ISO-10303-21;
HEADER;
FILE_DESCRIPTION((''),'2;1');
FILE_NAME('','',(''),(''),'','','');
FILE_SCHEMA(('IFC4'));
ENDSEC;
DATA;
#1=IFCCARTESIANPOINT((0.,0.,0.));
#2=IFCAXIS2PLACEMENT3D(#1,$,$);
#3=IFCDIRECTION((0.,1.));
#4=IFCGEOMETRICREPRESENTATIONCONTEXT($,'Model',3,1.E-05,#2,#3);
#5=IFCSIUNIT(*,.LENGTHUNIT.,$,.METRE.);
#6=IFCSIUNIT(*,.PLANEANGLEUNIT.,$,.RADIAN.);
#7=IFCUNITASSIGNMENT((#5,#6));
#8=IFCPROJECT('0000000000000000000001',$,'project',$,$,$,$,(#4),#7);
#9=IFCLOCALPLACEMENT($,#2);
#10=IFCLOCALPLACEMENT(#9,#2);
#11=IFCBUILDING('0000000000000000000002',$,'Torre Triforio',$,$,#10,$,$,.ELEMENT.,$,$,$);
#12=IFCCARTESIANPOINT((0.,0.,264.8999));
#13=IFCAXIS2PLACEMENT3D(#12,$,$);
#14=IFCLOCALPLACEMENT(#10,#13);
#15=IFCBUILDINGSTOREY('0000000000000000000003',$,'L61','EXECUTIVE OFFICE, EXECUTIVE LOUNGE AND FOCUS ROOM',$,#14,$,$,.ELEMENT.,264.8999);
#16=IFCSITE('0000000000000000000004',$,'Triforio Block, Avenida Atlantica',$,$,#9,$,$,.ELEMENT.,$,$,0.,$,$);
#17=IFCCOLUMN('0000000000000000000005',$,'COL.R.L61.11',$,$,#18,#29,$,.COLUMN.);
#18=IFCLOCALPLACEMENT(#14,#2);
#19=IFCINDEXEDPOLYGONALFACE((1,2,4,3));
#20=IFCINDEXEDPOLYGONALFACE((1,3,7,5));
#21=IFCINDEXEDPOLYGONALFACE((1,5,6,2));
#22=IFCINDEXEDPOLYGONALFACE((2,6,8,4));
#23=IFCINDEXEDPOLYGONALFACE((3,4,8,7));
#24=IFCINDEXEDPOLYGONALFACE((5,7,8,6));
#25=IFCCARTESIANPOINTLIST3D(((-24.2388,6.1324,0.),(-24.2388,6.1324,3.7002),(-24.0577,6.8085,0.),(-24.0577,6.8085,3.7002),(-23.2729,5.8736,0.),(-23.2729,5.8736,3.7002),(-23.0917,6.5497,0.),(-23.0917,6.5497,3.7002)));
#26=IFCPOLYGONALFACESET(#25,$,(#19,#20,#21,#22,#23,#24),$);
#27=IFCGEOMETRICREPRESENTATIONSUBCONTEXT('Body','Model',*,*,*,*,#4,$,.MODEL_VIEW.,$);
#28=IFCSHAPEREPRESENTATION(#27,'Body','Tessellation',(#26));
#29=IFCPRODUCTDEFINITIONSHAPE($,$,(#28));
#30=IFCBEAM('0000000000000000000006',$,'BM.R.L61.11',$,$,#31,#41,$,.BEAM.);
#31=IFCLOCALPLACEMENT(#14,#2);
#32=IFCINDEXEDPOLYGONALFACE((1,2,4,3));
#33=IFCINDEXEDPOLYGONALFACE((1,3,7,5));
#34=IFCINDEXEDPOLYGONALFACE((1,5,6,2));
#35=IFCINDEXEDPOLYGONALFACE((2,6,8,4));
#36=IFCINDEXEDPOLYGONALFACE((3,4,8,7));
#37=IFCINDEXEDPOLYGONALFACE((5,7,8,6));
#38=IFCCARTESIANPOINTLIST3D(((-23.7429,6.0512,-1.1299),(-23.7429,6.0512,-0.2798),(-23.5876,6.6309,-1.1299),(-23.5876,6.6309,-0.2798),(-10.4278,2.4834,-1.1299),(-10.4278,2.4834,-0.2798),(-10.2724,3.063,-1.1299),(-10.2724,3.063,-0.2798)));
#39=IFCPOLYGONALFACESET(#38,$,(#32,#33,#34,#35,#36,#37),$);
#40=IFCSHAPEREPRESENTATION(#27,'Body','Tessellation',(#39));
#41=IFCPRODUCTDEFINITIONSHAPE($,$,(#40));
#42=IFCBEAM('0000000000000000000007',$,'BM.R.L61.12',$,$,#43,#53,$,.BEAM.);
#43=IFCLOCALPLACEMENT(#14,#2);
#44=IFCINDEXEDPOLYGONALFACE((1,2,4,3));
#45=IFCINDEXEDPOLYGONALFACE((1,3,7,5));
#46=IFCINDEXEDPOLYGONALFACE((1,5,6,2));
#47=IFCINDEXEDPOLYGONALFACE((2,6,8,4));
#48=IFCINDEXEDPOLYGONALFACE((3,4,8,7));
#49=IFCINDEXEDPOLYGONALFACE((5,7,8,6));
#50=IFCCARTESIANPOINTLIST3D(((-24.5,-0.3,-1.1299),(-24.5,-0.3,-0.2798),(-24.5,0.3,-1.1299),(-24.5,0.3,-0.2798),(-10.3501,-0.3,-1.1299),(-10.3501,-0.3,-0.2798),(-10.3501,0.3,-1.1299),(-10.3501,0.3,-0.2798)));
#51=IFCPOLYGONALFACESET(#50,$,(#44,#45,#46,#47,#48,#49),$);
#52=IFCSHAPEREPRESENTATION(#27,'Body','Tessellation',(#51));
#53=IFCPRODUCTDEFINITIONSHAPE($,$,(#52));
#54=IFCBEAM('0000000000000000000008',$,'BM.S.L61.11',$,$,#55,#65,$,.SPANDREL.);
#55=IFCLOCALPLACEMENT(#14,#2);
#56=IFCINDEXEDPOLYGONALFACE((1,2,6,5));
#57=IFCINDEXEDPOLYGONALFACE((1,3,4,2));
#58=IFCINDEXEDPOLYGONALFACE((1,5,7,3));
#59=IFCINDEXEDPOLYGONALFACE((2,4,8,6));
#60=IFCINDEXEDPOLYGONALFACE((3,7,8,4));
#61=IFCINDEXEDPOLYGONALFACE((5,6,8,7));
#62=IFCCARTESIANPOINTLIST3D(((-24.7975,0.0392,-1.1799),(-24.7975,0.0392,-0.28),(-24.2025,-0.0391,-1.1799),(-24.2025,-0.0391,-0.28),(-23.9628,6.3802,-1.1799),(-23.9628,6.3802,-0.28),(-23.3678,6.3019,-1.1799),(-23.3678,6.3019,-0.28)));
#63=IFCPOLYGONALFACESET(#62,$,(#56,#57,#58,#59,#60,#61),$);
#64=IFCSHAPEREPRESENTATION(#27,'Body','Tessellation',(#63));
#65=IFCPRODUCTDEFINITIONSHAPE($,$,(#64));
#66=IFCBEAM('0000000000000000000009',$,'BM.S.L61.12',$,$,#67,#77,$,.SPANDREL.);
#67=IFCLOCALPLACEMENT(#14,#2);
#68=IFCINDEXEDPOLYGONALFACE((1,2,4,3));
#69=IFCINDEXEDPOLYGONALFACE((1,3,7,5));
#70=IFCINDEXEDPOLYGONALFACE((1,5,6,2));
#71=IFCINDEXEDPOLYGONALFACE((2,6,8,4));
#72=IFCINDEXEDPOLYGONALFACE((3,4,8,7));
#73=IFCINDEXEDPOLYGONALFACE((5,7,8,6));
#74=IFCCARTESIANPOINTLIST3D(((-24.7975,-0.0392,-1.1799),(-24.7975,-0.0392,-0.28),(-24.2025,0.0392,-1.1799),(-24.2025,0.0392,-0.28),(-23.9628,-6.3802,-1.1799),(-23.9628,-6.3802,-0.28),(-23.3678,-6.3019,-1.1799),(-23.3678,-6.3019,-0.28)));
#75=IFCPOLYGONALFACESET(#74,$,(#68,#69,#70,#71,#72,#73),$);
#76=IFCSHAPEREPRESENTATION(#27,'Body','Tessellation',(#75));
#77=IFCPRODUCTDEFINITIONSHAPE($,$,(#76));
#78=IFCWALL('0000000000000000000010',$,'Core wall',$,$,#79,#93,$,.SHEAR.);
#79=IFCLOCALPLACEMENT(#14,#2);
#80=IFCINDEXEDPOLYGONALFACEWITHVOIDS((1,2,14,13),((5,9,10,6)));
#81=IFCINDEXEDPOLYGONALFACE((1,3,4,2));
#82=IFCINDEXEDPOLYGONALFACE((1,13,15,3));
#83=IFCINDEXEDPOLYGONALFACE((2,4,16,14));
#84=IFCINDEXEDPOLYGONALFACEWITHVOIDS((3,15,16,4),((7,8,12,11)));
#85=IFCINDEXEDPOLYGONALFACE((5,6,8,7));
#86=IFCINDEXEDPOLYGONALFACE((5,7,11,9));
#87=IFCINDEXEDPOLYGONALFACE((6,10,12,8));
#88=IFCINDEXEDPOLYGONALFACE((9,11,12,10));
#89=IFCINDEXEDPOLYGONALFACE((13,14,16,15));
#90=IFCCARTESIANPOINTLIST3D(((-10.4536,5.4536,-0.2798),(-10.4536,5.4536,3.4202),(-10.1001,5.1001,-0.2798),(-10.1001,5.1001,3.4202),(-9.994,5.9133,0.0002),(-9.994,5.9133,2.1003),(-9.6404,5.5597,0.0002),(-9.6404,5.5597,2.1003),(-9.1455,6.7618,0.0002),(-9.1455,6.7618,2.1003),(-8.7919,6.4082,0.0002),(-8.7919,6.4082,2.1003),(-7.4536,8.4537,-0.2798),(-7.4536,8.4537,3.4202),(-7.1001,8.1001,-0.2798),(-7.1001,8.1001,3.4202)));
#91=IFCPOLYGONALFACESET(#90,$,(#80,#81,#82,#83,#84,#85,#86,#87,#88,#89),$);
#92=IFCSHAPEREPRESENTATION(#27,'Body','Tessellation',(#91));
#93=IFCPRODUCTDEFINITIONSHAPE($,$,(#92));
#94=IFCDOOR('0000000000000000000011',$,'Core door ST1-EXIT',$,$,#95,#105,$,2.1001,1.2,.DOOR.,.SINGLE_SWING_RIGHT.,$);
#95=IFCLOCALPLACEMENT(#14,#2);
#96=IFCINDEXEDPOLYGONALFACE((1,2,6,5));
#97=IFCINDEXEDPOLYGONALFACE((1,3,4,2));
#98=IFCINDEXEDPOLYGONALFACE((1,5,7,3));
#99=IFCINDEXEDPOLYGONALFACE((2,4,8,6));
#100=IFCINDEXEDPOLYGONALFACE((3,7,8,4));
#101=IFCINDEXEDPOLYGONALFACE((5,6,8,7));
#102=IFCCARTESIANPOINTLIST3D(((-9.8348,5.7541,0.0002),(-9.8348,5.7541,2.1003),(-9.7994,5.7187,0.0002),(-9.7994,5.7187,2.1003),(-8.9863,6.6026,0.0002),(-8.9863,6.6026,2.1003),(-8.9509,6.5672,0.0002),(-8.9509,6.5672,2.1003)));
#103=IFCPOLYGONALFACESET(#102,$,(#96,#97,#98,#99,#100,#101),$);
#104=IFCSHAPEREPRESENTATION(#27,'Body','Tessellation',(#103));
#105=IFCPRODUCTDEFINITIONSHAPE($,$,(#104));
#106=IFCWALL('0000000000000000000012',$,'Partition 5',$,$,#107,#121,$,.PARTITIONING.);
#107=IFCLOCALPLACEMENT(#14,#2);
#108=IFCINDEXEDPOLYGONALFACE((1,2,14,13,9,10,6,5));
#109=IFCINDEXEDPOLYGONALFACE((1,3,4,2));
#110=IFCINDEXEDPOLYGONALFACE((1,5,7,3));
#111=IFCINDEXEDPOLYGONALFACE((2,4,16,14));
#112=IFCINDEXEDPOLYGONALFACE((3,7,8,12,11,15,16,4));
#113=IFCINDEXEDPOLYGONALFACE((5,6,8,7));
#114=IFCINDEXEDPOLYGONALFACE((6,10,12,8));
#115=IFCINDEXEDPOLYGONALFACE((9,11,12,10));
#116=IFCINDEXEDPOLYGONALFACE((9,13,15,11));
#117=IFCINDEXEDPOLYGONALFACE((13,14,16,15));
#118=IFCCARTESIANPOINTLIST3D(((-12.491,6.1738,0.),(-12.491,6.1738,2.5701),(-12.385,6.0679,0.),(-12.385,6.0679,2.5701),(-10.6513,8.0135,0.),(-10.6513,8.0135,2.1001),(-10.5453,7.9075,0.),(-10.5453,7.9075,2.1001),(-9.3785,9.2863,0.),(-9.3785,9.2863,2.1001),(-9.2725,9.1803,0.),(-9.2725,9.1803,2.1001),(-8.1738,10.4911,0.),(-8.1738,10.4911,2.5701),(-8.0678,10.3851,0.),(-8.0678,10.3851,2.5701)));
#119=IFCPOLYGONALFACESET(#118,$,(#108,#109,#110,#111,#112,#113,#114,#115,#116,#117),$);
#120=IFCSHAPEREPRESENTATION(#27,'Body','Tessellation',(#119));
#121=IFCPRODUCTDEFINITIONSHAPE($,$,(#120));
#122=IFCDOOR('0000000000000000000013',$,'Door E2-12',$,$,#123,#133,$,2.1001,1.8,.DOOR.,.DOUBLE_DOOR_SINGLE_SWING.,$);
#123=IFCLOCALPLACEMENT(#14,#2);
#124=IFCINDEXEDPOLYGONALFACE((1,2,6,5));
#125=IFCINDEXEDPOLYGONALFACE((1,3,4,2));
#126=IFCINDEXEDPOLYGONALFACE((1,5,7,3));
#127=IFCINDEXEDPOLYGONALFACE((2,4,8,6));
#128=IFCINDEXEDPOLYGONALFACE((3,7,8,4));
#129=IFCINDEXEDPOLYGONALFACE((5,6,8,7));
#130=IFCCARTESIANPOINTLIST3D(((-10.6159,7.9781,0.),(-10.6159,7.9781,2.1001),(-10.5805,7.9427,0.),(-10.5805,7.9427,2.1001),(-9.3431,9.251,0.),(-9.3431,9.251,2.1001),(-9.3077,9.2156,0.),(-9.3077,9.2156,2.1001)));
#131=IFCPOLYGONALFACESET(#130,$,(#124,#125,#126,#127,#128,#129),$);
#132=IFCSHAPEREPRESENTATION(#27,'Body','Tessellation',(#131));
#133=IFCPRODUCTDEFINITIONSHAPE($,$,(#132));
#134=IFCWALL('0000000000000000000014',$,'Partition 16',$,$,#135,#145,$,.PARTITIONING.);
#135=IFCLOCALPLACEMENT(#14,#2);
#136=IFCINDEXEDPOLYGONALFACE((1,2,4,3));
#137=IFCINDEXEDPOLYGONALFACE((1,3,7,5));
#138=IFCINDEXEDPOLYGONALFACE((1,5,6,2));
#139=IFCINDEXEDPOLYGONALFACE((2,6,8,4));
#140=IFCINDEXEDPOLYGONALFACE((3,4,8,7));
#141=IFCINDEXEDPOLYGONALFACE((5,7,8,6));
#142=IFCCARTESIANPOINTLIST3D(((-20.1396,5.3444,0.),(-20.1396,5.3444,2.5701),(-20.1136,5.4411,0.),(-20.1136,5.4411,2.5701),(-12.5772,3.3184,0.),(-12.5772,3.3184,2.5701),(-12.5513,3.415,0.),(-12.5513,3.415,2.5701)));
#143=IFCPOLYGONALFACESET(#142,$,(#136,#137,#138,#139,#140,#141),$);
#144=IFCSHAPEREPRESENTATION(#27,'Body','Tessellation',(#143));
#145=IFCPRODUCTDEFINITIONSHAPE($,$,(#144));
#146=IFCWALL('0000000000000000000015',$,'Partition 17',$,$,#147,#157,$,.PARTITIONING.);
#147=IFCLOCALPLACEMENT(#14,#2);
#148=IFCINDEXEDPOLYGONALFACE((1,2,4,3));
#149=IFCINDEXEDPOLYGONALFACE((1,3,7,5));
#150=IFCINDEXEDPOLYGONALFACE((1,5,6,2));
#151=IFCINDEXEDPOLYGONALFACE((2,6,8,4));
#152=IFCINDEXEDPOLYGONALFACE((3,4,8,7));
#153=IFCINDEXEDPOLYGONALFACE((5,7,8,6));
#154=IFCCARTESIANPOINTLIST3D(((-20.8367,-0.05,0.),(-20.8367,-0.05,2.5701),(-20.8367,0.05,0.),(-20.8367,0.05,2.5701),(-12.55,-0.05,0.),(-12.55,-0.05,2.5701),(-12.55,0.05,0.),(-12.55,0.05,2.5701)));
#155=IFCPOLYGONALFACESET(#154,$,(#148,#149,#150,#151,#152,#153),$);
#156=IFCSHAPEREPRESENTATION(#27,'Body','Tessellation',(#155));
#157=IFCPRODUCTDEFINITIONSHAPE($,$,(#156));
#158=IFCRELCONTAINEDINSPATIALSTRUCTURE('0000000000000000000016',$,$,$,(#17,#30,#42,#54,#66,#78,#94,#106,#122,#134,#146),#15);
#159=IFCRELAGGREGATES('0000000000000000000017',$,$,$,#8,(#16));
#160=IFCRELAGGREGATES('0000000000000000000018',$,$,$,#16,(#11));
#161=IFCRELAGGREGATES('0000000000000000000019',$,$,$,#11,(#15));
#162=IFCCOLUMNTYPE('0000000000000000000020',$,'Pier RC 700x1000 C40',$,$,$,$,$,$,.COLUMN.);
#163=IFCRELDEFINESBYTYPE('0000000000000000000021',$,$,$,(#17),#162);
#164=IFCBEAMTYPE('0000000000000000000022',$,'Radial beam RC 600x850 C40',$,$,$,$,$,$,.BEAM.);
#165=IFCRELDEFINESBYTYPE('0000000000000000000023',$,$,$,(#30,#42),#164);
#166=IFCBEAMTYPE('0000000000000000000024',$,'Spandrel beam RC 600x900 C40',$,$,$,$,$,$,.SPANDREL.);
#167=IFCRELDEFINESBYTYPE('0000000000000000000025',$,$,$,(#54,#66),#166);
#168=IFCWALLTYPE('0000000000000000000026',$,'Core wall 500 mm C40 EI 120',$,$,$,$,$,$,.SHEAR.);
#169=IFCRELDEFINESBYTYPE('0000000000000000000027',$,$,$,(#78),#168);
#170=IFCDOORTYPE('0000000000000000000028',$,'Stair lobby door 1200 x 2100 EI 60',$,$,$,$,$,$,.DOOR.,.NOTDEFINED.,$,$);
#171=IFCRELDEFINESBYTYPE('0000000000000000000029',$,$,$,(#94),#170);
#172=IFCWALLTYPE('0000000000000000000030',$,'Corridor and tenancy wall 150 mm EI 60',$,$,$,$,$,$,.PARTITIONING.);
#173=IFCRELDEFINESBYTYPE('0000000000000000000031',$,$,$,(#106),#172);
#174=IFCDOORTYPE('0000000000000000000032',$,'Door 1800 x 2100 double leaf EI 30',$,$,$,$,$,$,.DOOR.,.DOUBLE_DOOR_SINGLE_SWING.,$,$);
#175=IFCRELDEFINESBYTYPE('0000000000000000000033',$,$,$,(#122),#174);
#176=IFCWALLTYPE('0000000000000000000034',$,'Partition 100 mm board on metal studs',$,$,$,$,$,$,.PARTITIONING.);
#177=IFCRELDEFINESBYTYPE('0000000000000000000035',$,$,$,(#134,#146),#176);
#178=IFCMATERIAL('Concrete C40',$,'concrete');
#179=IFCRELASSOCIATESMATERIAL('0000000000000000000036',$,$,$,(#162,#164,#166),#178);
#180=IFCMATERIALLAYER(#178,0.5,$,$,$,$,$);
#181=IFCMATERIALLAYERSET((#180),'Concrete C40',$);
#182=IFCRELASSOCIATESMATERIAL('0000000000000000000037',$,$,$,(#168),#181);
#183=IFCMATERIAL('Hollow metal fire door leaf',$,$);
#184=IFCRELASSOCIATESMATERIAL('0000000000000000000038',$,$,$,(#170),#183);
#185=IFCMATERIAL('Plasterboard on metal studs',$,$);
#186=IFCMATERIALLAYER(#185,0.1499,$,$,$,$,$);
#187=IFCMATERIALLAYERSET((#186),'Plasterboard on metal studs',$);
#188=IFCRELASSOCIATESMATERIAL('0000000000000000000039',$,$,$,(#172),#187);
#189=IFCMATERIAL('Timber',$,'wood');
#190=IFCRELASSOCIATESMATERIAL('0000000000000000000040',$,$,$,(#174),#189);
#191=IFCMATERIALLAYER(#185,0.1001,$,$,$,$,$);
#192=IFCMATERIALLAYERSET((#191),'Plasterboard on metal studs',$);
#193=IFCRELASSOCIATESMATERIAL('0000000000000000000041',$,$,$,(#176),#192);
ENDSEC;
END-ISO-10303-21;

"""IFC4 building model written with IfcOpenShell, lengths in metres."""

from ifc_helpers import new_model, si_unit, direction, frame, frame_2d, origin, origin_2d, place, context, subcontext, project, spatial, rectangle, extrude, material, layer, layer_set, material_profile, profile_set, type_object, element, fill, save


model = new_model("IFC4")

# Units and contexts
model_context = context("Model", 3, precision=1e-05, world=origin(), true_north=direction((0.0, 1.0)))
body_context = subcontext(model_context, "Body", "Model", "MODEL_VIEW")
ifc_project = project(units=[si_unit("LENGTHUNIT", "METRE"), si_unit("PLANEANGLEUNIT", "RADIAN")], contexts=[model_context])

# Site, building, storey
site_placement = place(None, origin())
site = spatial("IfcSite", under=ifc_project, at=site_placement, Name="Triforio Block, Avenida Atlantica", CompositionType="ELEMENT", RefElevation=0.0)
building_placement = place(site_placement, origin())
building = spatial("IfcBuilding", under=site, at=building_placement, Name="Torre Triforio", CompositionType="ELEMENT")
storey_placement = place(building_placement, frame((0.0, 0.0, 264.8999)))
storey = spatial("IfcBuildingStorey", under=building, at=storey_placement, Name="L61", Description="EXECUTIVE OFFICE, EXECUTIVE LOUNGE AND FOCUS ROOM", CompositionType="ELEMENT", Elevation=264.8999)

# Column
ifc_material_1 = material(Name="Concrete C40", Category="concrete")
ifc_material_profile_1 = material_profile(ifc_material_1, rectangle(XDim=0.7, YDim=1.0, at=origin_2d()), Name="RC 700x1000")
ifc_profile_set_1 = profile_set([ifc_material_profile_1], Name="Concrete C40")
column_type = type_object("IfcColumnType", Name="Pier RC 700x1000 C40", PredefinedType="COLUMN", material=ifc_profile_set_1)
column_placement = place(storey_placement, frame((-23.6653, 6.3411, 0.0), z_axis=(0.0, 0.0, 1.0), x_axis=(-0.258819, -0.965926, 0.0)))
element("IfcColumn", 1, at=column_placement, inside=storey, type_object=column_type, Name="COL.R.L61.11", PredefinedType="COLUMN", context=body_context, shape_type="SweptSolid", body=[
    extrude(rectangle(XDim=0.7, YDim=1.0, at=origin_2d()), origin(), (0.0, 0.0, 1.0), 3.7002),
])

# Beams
ifc_material_profile_2 = material_profile(ifc_material_1, rectangle(XDim=0.6001, YDim=0.8501, at=origin_2d()), Name="RC 600x850")
ifc_profile_set_2 = profile_set([ifc_material_profile_2], Name="Concrete C40")
beam_type_1 = type_object("IfcBeamType", Name="Radial beam RC 600x850 C40", PredefinedType="BEAM", material=ifc_profile_set_2)
beam_1_placement = place(storey_placement, frame((-10.3501, 2.7732, -0.7048), z_axis=(-0.965924, 0.258824, 0.0), x_axis=(-0.258824, -0.965924, 0.0)))
element("IfcBeam", 2, at=beam_1_placement, inside=storey, type_object=beam_type_1, Name="BM.R.L61.11", PredefinedType="BEAM", context=body_context, shape_type="SweptSolid", body=[
    extrude(rectangle(XDim=0.6001, YDim=0.8501, at=origin_2d()), origin(), (0.0, 0.0, 1.0), 13.7849),
])
beam_2_placement = place(storey_placement, frame((-10.3501, 0.0, -0.7048), z_axis=(-1.0, 0.0, 0.0), x_axis=(0.0, -1.0, 0.0)))
element("IfcBeam", 3, at=beam_2_placement, inside=storey, type_object=beam_type_1, Name="BM.R.L61.12", PredefinedType="BEAM", context=body_context, shape_type="SweptSolid", body=[
    extrude(rectangle(XDim=0.6001, YDim=0.8501, at=origin_2d()), origin(), (0.0, 0.0, 1.0), 14.1499),
])
ifc_material_profile_3 = material_profile(ifc_material_1, rectangle(XDim=0.6001, YDim=0.8999, at=origin_2d()), Name="RC 600x900")
ifc_profile_set_3 = profile_set([ifc_material_profile_3], Name="Concrete C40")
beam_type_2 = type_object("IfcBeamType", Name="Spandrel beam RC 600x900 C40", PredefinedType="SPANDREL", material=ifc_profile_set_3)
for number, where, z_axis, x_axis, name in (
    (4, (-23.6653, 6.3411, -0.73), (-0.130511, -0.991447, 0.0), (0.991447, -0.130511, 0.0), "BM.S.L61.11"),
    (5, (-24.5, 0.0, -0.73), (0.130511, -0.991447, 0.0), (0.991447, 0.130511, 0.0), "BM.S.L61.12"),
):
    element("IfcBeam", number, at=place(storey_placement, frame(where, z_axis=z_axis, x_axis=x_axis)), inside=storey, type_object=beam_type_2, Name=name, PredefinedType="SPANDREL", context=body_context, shape_type="SweptSolid", body=[
        extrude(rectangle(XDim=0.6001, YDim=0.8999, at=origin_2d()), origin(), (0.0, 0.0, 1.0), 6.3958),
    ])

# Walls, openings, doors
ifc_layer_1 = layer(ifc_material_1, 0.5)
ifc_layer_set_1 = layer_set([ifc_layer_1], Name="Concrete C40")
wall_type_1 = type_object("IfcWallType", Name="Core wall 500 mm C40 EI 120", PredefinedType="SHEAR", material=ifc_layer_set_1)
wall_1_placement = place(storey_placement, frame((-10.2769, 5.2769, -0.2798), z_axis=(0.0, 0.0, 1.0), x_axis=(0.707107, 0.707107, 0.0)))
wall_1 = element("IfcWall", 6, at=wall_1_placement, inside=storey, type_object=wall_type_1, Name="Core wall", PredefinedType="SHEAR", context=body_context, shape_type="SweptSolid", body=[
    extrude(rectangle(XDim=4.2427, YDim=0.5, at=frame_2d((2.1213, 0.0))), origin(), (0.0, 0.0, 1.0), 3.7),
])
opening_1_placement = place(wall_1_placement, frame((0.6499, 0.0, 0.28)))
opening_1 = element("IfcOpeningElement", 7, at=opening_1_placement, cuts=wall_1, PredefinedType="OPENING", context=body_context, shape_type="SweptSolid", body=[
    extrude(rectangle(XDim=1.2, YDim=2.1001, at=frame_2d((0.6001, 1.05))), frame((0.0, 0.26, 0.0), z_axis=(0.0, -1.0, 0.0), x_axis=(1.0, 0.0, 0.0)), (0.0, 0.0, 1.0), 0.52),
])
ifc_material_2 = material(Name="Hollow metal fire door leaf")
door_type_1 = type_object("IfcDoorType", Name="Stair lobby door 1200 x 2100 EI 60", OperationType="NOTDEFINED", PredefinedType="DOOR", material=ifc_material_2)
door_1_placement = place(opening_1_placement, origin())
door_1 = element("IfcDoor", 8, at=door_1_placement, inside=storey, type_object=door_type_1, Name="Core door ST1-EXIT", OperationType="SINGLE_SWING_RIGHT", OverallHeight=2.1001, OverallWidth=1.2, PredefinedType="DOOR", context=body_context, shape_type="SweptSolid", body=[
    extrude(rectangle(XDim=1.2, YDim=2.1001, at=frame_2d((0.6001, 1.05))), frame((0.0, 0.0249, 0.0), z_axis=(0.0, -1.0, 0.0), x_axis=(1.0, 0.0, 0.0)), (0.0, 0.0, 1.0), 0.05),
])
fill(opening_1, door_1)
ifc_material_3 = material(Name="Plasterboard on metal studs")
ifc_layer_2 = layer(ifc_material_3, 0.1499)
ifc_layer_set_2 = layer_set([ifc_layer_2], Name="Plasterboard on metal studs")
wall_type_2 = type_object("IfcWallType", Name="Corridor and tenancy wall 150 mm EI 60", PredefinedType="PARTITIONING", material=ifc_layer_set_2)
wall_2_placement = place(storey_placement, frame((-12.438, 6.1208, 0.0), z_axis=(0.0, 0.0, 1.0), x_axis=(0.707107, 0.707107, 0.0)))
wall_2 = element("IfcWall", 9, at=wall_2_placement, inside=storey, type_object=wall_type_2, Name="Partition 5", PredefinedType="PARTITIONING", context=body_context, shape_type="SweptSolid", body=[
    extrude(rectangle(XDim=6.1055, YDim=0.1499, at=frame_2d((3.0527, 0.0))), origin(), (0.0, 0.0, 1.0), 2.5701),
])
opening_2_placement = place(wall_2_placement, frame((2.6018, 0.0, 0.0)))
opening_2 = element("IfcOpeningElement", 10, at=opening_2_placement, cuts=wall_2, PredefinedType="OPENING", context=body_context, shape_type="SweptSolid", body=[
    extrude(rectangle(XDim=1.8, YDim=2.1001, at=frame_2d((0.8999, 1.05))), frame((0.0, 0.085, 0.0), z_axis=(0.0, -1.0, 0.0), x_axis=(1.0, 0.0, 0.0)), (0.0, 0.0, 1.0), 0.1699),
])
ifc_material_4 = material(Name="Timber", Category="wood")
door_type_2 = type_object("IfcDoorType", Name="Door 1800 x 2100 double leaf EI 30", OperationType="DOUBLE_DOOR_SINGLE_SWING", PredefinedType="DOOR", material=ifc_material_4)
door_2_placement = place(opening_2_placement, origin())
door_2 = element("IfcDoor", 11, at=door_2_placement, inside=storey, type_object=door_type_2, Name="Door E2-12", OperationType="DOUBLE_DOOR_SINGLE_SWING", OverallHeight=2.1001, OverallWidth=1.8, PredefinedType="DOOR", context=body_context, shape_type="SweptSolid", body=[
    extrude(rectangle(XDim=1.8, YDim=2.1001, at=frame_2d((0.8999, 1.05))), frame((0.0, 0.0249, 0.0), z_axis=(0.0, -1.0, 0.0), x_axis=(1.0, 0.0, 0.0)), (0.0, 0.0, 1.0), 0.05),
])
fill(opening_2, door_2)

# Walls
ifc_layer_3 = layer(ifc_material_3, 0.1001)
ifc_layer_set_3 = layer_set([ifc_layer_3], Name="Plasterboard on metal studs")
wall_type_3 = type_object("IfcWallType", Name="Partition 100 mm board on metal studs", PredefinedType="PARTITIONING", material=ifc_layer_set_3)
wall_3_placement = place(storey_placement, frame((-12.5642, 3.3667, 0.0), z_axis=(0.0, 0.0, 1.0), x_axis=(-0.965934, 0.25879, 0.0)))
element("IfcWall", 12, at=wall_3_placement, inside=storey, type_object=wall_type_3, Name="Partition 16", PredefinedType="PARTITIONING", context=body_context, shape_type="SweptSolid", body=[
    extrude(rectangle(XDim=7.8291, YDim=0.1001, at=frame_2d((3.9146, 0.0))), origin(), (0.0, 0.0, 1.0), 2.5701),
])
wall_4_placement = place(storey_placement, frame((-12.55, 0.0, 0.0), z_axis=(0.0, 0.0, 1.0), x_axis=(-1.0, 0.0, 0.0)))
element("IfcWall", 13, at=wall_4_placement, inside=storey, type_object=wall_type_3, Name="Partition 17", PredefinedType="PARTITIONING", context=body_context, shape_type="SweptSolid", body=[
    extrude(rectangle(XDim=8.2866, YDim=0.1001, at=frame_2d((4.1433, 0.0))), origin(), (0.0, 0.0, 1.0), 2.5701),
])

save(model, "model.ifc")
